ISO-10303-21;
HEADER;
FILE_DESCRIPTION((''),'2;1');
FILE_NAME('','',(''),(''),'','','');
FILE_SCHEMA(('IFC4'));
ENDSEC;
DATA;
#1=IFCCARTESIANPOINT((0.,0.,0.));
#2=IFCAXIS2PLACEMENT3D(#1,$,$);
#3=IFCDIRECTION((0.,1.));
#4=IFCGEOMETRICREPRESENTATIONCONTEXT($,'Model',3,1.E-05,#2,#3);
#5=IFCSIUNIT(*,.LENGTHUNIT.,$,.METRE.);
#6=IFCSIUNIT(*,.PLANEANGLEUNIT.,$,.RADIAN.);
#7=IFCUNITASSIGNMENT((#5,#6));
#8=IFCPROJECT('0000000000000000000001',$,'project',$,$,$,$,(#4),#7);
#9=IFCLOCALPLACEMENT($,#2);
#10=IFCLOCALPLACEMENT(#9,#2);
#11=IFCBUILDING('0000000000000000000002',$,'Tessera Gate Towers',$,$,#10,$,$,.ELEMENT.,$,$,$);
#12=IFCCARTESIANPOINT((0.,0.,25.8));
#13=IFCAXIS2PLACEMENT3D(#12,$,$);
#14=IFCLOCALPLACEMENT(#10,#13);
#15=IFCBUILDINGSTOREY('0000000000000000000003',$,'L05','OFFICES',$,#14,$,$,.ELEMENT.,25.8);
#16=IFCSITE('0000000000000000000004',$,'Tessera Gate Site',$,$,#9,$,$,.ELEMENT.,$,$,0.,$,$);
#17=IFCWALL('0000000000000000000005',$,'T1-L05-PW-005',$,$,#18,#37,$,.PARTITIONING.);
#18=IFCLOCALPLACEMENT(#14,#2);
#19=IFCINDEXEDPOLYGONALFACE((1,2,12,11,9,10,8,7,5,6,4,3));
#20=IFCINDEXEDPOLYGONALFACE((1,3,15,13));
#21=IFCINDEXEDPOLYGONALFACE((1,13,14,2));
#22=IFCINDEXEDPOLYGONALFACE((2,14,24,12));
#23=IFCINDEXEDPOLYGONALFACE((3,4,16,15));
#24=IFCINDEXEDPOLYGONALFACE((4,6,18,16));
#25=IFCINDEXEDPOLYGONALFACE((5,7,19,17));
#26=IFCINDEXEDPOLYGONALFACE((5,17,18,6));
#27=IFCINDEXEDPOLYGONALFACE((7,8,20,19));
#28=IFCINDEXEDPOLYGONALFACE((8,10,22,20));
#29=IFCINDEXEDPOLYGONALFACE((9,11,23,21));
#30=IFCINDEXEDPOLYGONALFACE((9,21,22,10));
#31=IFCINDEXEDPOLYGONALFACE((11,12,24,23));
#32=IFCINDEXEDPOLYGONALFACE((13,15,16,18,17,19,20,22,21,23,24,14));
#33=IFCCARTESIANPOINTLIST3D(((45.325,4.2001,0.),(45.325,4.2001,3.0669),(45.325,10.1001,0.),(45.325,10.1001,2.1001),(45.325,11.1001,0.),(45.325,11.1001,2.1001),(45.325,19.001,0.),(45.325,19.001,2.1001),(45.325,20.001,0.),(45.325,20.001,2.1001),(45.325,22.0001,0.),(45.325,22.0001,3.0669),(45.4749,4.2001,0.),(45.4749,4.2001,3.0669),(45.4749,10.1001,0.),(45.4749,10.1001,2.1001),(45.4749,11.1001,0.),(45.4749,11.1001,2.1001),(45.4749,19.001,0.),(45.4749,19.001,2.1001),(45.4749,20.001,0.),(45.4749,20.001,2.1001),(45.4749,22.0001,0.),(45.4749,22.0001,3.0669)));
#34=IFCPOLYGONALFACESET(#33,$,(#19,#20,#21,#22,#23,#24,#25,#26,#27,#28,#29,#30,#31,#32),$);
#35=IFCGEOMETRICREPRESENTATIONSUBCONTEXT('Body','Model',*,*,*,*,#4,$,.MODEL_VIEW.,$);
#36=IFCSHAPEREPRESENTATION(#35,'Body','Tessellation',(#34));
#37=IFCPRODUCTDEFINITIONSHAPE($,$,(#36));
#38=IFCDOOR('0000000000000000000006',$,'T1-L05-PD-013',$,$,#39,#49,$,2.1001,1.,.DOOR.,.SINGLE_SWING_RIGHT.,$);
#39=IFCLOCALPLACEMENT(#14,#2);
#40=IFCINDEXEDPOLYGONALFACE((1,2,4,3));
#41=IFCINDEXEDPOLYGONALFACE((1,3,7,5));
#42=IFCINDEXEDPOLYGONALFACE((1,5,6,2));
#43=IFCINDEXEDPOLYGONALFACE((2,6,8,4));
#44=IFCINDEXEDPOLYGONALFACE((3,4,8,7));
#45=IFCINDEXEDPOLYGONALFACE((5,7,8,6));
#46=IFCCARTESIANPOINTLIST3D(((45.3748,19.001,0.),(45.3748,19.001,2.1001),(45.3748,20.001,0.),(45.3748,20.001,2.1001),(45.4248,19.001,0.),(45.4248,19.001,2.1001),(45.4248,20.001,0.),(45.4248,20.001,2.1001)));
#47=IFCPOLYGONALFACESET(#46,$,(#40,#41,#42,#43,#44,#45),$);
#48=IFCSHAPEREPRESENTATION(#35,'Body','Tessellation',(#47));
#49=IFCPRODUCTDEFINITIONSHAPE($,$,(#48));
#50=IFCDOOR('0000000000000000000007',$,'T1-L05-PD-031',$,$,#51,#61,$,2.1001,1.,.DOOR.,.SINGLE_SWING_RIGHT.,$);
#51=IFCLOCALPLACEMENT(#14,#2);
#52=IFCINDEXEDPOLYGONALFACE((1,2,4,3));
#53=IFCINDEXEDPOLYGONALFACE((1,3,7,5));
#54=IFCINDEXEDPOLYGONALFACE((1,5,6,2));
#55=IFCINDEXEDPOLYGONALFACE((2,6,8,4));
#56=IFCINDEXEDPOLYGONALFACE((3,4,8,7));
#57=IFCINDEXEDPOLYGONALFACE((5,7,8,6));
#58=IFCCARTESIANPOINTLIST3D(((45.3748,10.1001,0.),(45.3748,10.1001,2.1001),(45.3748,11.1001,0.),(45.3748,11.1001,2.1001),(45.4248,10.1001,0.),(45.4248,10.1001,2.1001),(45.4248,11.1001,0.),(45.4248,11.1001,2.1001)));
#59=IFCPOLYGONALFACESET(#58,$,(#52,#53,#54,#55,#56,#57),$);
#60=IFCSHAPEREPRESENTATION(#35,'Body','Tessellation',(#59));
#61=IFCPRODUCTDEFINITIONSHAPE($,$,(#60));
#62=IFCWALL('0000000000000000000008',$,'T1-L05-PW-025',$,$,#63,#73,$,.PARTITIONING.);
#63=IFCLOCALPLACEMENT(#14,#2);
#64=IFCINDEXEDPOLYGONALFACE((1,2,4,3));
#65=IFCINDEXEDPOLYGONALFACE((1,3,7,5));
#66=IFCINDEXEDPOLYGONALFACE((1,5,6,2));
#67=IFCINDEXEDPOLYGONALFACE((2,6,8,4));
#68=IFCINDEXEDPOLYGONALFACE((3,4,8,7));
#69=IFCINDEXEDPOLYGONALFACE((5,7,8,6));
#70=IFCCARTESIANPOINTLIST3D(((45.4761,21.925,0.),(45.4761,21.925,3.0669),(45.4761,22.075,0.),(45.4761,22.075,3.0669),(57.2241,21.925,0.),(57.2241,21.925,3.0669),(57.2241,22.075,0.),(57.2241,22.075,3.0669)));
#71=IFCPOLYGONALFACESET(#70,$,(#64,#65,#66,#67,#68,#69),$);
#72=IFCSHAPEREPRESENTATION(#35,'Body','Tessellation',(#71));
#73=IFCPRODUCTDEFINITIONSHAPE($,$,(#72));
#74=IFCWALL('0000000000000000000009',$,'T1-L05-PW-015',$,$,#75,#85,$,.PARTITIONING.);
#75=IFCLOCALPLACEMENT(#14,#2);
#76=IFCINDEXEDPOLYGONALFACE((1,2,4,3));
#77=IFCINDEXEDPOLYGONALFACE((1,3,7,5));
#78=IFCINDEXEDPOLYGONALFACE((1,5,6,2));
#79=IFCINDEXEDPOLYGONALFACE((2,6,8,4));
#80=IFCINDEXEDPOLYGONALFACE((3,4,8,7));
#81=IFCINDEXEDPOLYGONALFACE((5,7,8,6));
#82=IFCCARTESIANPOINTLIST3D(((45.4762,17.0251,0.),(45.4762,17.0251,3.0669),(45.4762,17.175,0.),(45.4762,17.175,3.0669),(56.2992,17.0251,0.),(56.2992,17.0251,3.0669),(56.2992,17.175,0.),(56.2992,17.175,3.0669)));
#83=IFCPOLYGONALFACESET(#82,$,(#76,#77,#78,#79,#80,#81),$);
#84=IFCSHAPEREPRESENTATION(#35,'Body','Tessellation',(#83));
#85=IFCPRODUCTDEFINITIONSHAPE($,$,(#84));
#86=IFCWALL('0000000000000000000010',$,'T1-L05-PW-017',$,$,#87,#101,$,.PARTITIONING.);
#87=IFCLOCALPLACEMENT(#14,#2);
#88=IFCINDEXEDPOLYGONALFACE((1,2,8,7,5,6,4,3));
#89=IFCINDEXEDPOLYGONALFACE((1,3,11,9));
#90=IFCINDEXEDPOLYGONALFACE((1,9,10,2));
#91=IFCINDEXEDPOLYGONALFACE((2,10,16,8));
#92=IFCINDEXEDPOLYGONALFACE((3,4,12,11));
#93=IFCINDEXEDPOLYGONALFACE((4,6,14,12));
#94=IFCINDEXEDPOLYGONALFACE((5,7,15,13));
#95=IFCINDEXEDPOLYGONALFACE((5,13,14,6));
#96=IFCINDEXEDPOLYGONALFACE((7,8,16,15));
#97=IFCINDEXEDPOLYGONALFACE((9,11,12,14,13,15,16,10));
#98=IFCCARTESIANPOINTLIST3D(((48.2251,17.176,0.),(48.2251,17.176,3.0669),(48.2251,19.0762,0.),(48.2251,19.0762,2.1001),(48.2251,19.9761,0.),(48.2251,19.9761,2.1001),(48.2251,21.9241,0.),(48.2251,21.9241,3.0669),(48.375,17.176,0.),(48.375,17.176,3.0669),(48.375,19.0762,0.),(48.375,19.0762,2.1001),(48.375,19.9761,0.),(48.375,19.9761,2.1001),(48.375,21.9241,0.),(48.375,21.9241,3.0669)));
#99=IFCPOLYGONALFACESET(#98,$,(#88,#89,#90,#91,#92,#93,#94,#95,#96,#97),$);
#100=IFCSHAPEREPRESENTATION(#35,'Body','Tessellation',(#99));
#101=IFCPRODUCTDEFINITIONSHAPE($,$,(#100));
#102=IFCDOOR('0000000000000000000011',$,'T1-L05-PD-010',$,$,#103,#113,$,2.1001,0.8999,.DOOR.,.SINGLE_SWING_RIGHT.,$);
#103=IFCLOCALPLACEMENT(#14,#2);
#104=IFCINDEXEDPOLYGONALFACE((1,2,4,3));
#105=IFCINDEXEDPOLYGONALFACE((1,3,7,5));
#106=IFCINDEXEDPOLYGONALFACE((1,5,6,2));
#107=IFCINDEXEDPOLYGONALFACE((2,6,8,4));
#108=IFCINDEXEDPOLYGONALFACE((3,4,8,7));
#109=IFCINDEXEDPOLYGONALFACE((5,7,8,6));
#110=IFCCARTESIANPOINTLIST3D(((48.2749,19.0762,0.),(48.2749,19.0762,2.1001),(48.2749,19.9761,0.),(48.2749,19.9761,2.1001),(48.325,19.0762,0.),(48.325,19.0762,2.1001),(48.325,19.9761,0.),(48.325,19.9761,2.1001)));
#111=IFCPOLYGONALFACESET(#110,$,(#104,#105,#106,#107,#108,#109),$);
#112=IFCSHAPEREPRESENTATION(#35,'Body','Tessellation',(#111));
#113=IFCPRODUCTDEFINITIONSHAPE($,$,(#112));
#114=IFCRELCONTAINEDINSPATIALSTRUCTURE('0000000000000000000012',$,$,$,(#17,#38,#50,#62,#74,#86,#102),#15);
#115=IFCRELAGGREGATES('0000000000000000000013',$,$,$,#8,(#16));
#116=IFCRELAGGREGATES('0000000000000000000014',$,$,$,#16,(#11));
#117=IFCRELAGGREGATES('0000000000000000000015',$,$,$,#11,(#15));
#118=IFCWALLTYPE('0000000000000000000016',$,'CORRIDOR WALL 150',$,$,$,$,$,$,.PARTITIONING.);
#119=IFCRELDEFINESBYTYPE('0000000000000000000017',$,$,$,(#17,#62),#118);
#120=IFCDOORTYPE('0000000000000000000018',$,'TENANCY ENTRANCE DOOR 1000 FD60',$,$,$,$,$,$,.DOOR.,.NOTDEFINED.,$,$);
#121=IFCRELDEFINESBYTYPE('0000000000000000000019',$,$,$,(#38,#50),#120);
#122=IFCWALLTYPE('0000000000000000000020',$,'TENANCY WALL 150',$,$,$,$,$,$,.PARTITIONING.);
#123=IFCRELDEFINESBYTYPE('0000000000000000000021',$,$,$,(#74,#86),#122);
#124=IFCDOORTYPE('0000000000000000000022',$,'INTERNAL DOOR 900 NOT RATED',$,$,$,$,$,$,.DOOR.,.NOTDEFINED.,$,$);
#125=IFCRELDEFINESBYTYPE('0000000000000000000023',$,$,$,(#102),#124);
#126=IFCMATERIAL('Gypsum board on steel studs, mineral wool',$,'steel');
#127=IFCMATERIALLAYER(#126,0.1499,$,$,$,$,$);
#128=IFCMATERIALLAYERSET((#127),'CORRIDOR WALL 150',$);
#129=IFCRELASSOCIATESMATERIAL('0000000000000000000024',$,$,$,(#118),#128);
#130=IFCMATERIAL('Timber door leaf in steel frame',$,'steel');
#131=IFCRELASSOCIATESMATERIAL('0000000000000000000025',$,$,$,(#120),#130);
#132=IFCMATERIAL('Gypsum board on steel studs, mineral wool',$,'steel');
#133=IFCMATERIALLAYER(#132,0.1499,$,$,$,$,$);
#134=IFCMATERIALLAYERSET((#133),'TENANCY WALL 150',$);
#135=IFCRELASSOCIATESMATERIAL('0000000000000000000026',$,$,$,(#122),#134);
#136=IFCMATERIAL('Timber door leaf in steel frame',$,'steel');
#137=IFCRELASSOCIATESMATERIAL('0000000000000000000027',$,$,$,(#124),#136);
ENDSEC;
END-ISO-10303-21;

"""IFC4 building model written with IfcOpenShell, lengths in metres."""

from ifc_helpers import new_model, si_unit, direction, frame, frame_2d, origin, place, context, subcontext, project, spatial, rectangle, extrude, source, transform, mapped, material, layer, layer_set, type_object, element, fill, save


model = new_model("IFC4")

# Units and contexts
model_context = context("Model", 3, precision=1e-05, world=origin(), true_north=direction((0.0, 1.0)))
body_context = subcontext(model_context, "Body", "Model", "MODEL_VIEW")
ifc_project = project(units=[si_unit("LENGTHUNIT", "METRE"), si_unit("PLANEANGLEUNIT", "RADIAN")], contexts=[model_context])

# Site, building, storey
site_placement = place(None, origin())
site = spatial("IfcSite", under=ifc_project, at=site_placement, Name="Tessera Gate Site", CompositionType="ELEMENT", RefElevation=0.0)
building_placement = place(site_placement, origin())
building = spatial("IfcBuilding", under=site, at=building_placement, Name="Tessera Gate Towers", CompositionType="ELEMENT")
storey_placement = place(building_placement, frame((0.0, 0.0, 25.8)))
storey = spatial("IfcBuildingStorey", under=building, at=storey_placement, Name="L05", Description="OFFICES", CompositionType="ELEMENT", Elevation=25.8)

# Wall, openings, doors
ifc_material_1 = material(Name="Gypsum board on steel studs, mineral wool", Category="steel")
ifc_layer_1 = layer(ifc_material_1, 0.1499)
ifc_layer_set_1 = layer_set([ifc_layer_1], Name="CORRIDOR WALL 150")
wall_type_1 = type_object("IfcWallType", Name="CORRIDOR WALL 150", PredefinedType="PARTITIONING", material=ifc_layer_set_1)
wall_1_placement = place(storey_placement, frame((45.3999, 22.0, 0.0), z_axis=(0.0, 0.0, 1.0), x_axis=(0.0, -1.0, 0.0)))
wall_1 = element("IfcWall", 1, at=wall_1_placement, inside=storey, type_object=wall_type_1, Name="T1-L05-PW-005", PredefinedType="PARTITIONING", context=body_context, shape_type="SweptSolid", body=[
    extrude(rectangle(XDim=17.8, YDim=0.1499, at=frame_2d((8.8999, 0.0))), origin(), (0.0, 0.0, 1.0), 3.0669),
])
shared_shape_1 = source(origin(), body_context, "Body", "SweptSolid", [
    extrude(rectangle(XDim=1.0, YDim=2.1001, at=frame_2d((0.5, 1.05))), frame((0.0, 0.085, 0.0), z_axis=(0.0, -1.0, 0.0), x_axis=(1.0, 0.0, 0.0)), (0.0, 0.0, 1.0), 0.1699),
])
opening_1_placement = place(wall_1_placement, frame((1.999, 0.0, 0.0)))
opening_1 = element("IfcOpeningElement", 2, at=opening_1_placement, cuts=wall_1, PredefinedType="OPENING", context=body_context, shape_type="MappedRepresentation", body=[
    mapped(shared_shape_1, transform((0.0, 0.0, 0.0), scale=1.0)),
])
opening_2_placement = place(wall_1_placement, frame((10.8999, 0.0, 0.0)))
opening_2 = element("IfcOpeningElement", 3, at=opening_2_placement, cuts=wall_1, PredefinedType="OPENING", context=body_context, shape_type="MappedRepresentation", body=[
    mapped(shared_shape_1, transform((0.0, 0.0, 0.0), scale=1.0)),
])
ifc_material_2 = material(Name="Timber door leaf in steel frame", Category="steel")
door_type_1 = type_object("IfcDoorType", Name="TENANCY ENTRANCE DOOR 1000 FD60", OperationType="NOTDEFINED", PredefinedType="DOOR", material=ifc_material_2)
shared_shape_2 = source(origin(), body_context, "Body", "SweptSolid", [
    extrude(rectangle(XDim=1.0, YDim=2.1001, at=frame_2d((0.5, 1.05))), frame((0.0, 0.0249, 0.0), z_axis=(0.0, -1.0, 0.0), x_axis=(1.0, 0.0, 0.0)), (0.0, 0.0, 1.0), 0.05),
])
door_1_placement = place(opening_1_placement, origin())
door_1 = element("IfcDoor", 4, at=door_1_placement, inside=storey, type_object=door_type_1, Name="T1-L05-PD-013", OperationType="SINGLE_SWING_RIGHT", OverallHeight=2.1001, OverallWidth=1.0, PredefinedType="DOOR", context=body_context, shape_type="MappedRepresentation", body=[
    mapped(shared_shape_2, transform((0.0, 0.0, 0.0), scale=1.0)),
])
fill(opening_1, door_1)
door_2_placement = place(opening_2_placement, origin())
door_2 = element("IfcDoor", 5, at=door_2_placement, inside=storey, type_object=door_type_1, Name="T1-L05-PD-031", OperationType="SINGLE_SWING_RIGHT", OverallHeight=2.1001, OverallWidth=1.0, PredefinedType="DOOR", context=body_context, shape_type="MappedRepresentation", body=[
    mapped(shared_shape_2, transform((0.0, 0.0, 0.0), scale=1.0)),
])
fill(opening_2, door_2)

# Walls
wall_2_placement = place(storey_placement, frame((45.4761, 22.0, 0.0), z_axis=(0.0, 0.0, 1.0), x_axis=(1.0, 0.0, 0.0)))
element("IfcWall", 6, at=wall_2_placement, inside=storey, type_object=wall_type_1, Name="T1-L05-PW-025", PredefinedType="PARTITIONING", context=body_context, shape_type="SweptSolid", body=[
    extrude(rectangle(XDim=11.748, YDim=0.1499, at=frame_2d((5.874, 0.0))), origin(), (0.0, 0.0, 1.0), 3.0669),
])
ifc_material_3 = material(Name="Gypsum board on steel studs, mineral wool", Category="steel")
ifc_layer_2 = layer(ifc_material_3, 0.1499)
ifc_layer_set_2 = layer_set([ifc_layer_2], Name="TENANCY WALL 150")
wall_type_2 = type_object("IfcWallType", Name="TENANCY WALL 150", PredefinedType="PARTITIONING", material=ifc_layer_set_2)
wall_3_placement = place(storey_placement, frame((45.4761, 17.1001, 0.0), z_axis=(0.0, 0.0, 1.0), x_axis=(1.0, 0.0, 0.0)))
element("IfcWall", 7, at=wall_3_placement, inside=storey, type_object=wall_type_2, Name="T1-L05-PW-015", PredefinedType="PARTITIONING", context=body_context, shape_type="SweptSolid", body=[
    extrude(rectangle(XDim=10.823, YDim=0.1499, at=frame_2d((5.4116, 0.0))), origin(), (0.0, 0.0, 1.0), 3.0669),
])

# Wall, opening, door
wall_4_placement = place(storey_placement, frame((48.3, 21.9241, 0.0), z_axis=(0.0, 0.0, 1.0), x_axis=(0.0, -1.0, 0.0)))
wall_4 = element("IfcWall", 8, at=wall_4_placement, inside=storey, type_object=wall_type_2, Name="T1-L05-PW-017", PredefinedType="PARTITIONING", context=body_context, shape_type="SweptSolid", body=[
    extrude(rectangle(XDim=4.748, YDim=0.1499, at=frame_2d((2.374, 0.0))), origin(), (0.0, 0.0, 1.0), 3.0669),
])
shared_shape_3 = source(origin(), body_context, "Body", "SweptSolid", [
    extrude(rectangle(XDim=0.8999, YDim=2.1001, at=frame_2d((0.45, 1.05))), frame((0.0, 0.085, 0.0), z_axis=(0.0, -1.0, 0.0), x_axis=(1.0, 0.0, 0.0)), (0.0, 0.0, 1.0), 0.1699),
])
opening_3_placement = place(wall_4_placement, frame((1.948, 0.0, 0.0)))
opening_3 = element("IfcOpeningElement", 9, at=opening_3_placement, cuts=wall_4, PredefinedType="OPENING", context=body_context, shape_type="MappedRepresentation", body=[
    mapped(shared_shape_3, transform((0.0, 0.0, 0.0), scale=1.0)),
])
ifc_material_4 = material(Name="Timber door leaf in steel frame", Category="steel")
door_type_2 = type_object("IfcDoorType", Name="INTERNAL DOOR 900 NOT RATED", OperationType="NOTDEFINED", PredefinedType="DOOR", material=ifc_material_4)
shared_shape_4 = source(origin(), body_context, "Body", "SweptSolid", [
    extrude(rectangle(XDim=0.8999, YDim=2.1001, at=frame_2d((0.45, 1.05))), frame((0.0, 0.0249, 0.0), z_axis=(0.0, -1.0, 0.0), x_axis=(1.0, 0.0, 0.0)), (0.0, 0.0, 1.0), 0.05),
])
door_3_placement = place(opening_3_placement, origin())
door_3 = element("IfcDoor", 10, at=door_3_placement, inside=storey, type_object=door_type_2, Name="T1-L05-PD-010", OperationType="SINGLE_SWING_RIGHT", OverallHeight=2.1001, OverallWidth=0.8999, PredefinedType="DOOR", context=body_context, shape_type="MappedRepresentation", body=[
    mapped(shared_shape_4, transform((0.0, 0.0, 0.0), scale=1.0)),
])
fill(opening_3, door_3)

save(model, "model.ifc")
